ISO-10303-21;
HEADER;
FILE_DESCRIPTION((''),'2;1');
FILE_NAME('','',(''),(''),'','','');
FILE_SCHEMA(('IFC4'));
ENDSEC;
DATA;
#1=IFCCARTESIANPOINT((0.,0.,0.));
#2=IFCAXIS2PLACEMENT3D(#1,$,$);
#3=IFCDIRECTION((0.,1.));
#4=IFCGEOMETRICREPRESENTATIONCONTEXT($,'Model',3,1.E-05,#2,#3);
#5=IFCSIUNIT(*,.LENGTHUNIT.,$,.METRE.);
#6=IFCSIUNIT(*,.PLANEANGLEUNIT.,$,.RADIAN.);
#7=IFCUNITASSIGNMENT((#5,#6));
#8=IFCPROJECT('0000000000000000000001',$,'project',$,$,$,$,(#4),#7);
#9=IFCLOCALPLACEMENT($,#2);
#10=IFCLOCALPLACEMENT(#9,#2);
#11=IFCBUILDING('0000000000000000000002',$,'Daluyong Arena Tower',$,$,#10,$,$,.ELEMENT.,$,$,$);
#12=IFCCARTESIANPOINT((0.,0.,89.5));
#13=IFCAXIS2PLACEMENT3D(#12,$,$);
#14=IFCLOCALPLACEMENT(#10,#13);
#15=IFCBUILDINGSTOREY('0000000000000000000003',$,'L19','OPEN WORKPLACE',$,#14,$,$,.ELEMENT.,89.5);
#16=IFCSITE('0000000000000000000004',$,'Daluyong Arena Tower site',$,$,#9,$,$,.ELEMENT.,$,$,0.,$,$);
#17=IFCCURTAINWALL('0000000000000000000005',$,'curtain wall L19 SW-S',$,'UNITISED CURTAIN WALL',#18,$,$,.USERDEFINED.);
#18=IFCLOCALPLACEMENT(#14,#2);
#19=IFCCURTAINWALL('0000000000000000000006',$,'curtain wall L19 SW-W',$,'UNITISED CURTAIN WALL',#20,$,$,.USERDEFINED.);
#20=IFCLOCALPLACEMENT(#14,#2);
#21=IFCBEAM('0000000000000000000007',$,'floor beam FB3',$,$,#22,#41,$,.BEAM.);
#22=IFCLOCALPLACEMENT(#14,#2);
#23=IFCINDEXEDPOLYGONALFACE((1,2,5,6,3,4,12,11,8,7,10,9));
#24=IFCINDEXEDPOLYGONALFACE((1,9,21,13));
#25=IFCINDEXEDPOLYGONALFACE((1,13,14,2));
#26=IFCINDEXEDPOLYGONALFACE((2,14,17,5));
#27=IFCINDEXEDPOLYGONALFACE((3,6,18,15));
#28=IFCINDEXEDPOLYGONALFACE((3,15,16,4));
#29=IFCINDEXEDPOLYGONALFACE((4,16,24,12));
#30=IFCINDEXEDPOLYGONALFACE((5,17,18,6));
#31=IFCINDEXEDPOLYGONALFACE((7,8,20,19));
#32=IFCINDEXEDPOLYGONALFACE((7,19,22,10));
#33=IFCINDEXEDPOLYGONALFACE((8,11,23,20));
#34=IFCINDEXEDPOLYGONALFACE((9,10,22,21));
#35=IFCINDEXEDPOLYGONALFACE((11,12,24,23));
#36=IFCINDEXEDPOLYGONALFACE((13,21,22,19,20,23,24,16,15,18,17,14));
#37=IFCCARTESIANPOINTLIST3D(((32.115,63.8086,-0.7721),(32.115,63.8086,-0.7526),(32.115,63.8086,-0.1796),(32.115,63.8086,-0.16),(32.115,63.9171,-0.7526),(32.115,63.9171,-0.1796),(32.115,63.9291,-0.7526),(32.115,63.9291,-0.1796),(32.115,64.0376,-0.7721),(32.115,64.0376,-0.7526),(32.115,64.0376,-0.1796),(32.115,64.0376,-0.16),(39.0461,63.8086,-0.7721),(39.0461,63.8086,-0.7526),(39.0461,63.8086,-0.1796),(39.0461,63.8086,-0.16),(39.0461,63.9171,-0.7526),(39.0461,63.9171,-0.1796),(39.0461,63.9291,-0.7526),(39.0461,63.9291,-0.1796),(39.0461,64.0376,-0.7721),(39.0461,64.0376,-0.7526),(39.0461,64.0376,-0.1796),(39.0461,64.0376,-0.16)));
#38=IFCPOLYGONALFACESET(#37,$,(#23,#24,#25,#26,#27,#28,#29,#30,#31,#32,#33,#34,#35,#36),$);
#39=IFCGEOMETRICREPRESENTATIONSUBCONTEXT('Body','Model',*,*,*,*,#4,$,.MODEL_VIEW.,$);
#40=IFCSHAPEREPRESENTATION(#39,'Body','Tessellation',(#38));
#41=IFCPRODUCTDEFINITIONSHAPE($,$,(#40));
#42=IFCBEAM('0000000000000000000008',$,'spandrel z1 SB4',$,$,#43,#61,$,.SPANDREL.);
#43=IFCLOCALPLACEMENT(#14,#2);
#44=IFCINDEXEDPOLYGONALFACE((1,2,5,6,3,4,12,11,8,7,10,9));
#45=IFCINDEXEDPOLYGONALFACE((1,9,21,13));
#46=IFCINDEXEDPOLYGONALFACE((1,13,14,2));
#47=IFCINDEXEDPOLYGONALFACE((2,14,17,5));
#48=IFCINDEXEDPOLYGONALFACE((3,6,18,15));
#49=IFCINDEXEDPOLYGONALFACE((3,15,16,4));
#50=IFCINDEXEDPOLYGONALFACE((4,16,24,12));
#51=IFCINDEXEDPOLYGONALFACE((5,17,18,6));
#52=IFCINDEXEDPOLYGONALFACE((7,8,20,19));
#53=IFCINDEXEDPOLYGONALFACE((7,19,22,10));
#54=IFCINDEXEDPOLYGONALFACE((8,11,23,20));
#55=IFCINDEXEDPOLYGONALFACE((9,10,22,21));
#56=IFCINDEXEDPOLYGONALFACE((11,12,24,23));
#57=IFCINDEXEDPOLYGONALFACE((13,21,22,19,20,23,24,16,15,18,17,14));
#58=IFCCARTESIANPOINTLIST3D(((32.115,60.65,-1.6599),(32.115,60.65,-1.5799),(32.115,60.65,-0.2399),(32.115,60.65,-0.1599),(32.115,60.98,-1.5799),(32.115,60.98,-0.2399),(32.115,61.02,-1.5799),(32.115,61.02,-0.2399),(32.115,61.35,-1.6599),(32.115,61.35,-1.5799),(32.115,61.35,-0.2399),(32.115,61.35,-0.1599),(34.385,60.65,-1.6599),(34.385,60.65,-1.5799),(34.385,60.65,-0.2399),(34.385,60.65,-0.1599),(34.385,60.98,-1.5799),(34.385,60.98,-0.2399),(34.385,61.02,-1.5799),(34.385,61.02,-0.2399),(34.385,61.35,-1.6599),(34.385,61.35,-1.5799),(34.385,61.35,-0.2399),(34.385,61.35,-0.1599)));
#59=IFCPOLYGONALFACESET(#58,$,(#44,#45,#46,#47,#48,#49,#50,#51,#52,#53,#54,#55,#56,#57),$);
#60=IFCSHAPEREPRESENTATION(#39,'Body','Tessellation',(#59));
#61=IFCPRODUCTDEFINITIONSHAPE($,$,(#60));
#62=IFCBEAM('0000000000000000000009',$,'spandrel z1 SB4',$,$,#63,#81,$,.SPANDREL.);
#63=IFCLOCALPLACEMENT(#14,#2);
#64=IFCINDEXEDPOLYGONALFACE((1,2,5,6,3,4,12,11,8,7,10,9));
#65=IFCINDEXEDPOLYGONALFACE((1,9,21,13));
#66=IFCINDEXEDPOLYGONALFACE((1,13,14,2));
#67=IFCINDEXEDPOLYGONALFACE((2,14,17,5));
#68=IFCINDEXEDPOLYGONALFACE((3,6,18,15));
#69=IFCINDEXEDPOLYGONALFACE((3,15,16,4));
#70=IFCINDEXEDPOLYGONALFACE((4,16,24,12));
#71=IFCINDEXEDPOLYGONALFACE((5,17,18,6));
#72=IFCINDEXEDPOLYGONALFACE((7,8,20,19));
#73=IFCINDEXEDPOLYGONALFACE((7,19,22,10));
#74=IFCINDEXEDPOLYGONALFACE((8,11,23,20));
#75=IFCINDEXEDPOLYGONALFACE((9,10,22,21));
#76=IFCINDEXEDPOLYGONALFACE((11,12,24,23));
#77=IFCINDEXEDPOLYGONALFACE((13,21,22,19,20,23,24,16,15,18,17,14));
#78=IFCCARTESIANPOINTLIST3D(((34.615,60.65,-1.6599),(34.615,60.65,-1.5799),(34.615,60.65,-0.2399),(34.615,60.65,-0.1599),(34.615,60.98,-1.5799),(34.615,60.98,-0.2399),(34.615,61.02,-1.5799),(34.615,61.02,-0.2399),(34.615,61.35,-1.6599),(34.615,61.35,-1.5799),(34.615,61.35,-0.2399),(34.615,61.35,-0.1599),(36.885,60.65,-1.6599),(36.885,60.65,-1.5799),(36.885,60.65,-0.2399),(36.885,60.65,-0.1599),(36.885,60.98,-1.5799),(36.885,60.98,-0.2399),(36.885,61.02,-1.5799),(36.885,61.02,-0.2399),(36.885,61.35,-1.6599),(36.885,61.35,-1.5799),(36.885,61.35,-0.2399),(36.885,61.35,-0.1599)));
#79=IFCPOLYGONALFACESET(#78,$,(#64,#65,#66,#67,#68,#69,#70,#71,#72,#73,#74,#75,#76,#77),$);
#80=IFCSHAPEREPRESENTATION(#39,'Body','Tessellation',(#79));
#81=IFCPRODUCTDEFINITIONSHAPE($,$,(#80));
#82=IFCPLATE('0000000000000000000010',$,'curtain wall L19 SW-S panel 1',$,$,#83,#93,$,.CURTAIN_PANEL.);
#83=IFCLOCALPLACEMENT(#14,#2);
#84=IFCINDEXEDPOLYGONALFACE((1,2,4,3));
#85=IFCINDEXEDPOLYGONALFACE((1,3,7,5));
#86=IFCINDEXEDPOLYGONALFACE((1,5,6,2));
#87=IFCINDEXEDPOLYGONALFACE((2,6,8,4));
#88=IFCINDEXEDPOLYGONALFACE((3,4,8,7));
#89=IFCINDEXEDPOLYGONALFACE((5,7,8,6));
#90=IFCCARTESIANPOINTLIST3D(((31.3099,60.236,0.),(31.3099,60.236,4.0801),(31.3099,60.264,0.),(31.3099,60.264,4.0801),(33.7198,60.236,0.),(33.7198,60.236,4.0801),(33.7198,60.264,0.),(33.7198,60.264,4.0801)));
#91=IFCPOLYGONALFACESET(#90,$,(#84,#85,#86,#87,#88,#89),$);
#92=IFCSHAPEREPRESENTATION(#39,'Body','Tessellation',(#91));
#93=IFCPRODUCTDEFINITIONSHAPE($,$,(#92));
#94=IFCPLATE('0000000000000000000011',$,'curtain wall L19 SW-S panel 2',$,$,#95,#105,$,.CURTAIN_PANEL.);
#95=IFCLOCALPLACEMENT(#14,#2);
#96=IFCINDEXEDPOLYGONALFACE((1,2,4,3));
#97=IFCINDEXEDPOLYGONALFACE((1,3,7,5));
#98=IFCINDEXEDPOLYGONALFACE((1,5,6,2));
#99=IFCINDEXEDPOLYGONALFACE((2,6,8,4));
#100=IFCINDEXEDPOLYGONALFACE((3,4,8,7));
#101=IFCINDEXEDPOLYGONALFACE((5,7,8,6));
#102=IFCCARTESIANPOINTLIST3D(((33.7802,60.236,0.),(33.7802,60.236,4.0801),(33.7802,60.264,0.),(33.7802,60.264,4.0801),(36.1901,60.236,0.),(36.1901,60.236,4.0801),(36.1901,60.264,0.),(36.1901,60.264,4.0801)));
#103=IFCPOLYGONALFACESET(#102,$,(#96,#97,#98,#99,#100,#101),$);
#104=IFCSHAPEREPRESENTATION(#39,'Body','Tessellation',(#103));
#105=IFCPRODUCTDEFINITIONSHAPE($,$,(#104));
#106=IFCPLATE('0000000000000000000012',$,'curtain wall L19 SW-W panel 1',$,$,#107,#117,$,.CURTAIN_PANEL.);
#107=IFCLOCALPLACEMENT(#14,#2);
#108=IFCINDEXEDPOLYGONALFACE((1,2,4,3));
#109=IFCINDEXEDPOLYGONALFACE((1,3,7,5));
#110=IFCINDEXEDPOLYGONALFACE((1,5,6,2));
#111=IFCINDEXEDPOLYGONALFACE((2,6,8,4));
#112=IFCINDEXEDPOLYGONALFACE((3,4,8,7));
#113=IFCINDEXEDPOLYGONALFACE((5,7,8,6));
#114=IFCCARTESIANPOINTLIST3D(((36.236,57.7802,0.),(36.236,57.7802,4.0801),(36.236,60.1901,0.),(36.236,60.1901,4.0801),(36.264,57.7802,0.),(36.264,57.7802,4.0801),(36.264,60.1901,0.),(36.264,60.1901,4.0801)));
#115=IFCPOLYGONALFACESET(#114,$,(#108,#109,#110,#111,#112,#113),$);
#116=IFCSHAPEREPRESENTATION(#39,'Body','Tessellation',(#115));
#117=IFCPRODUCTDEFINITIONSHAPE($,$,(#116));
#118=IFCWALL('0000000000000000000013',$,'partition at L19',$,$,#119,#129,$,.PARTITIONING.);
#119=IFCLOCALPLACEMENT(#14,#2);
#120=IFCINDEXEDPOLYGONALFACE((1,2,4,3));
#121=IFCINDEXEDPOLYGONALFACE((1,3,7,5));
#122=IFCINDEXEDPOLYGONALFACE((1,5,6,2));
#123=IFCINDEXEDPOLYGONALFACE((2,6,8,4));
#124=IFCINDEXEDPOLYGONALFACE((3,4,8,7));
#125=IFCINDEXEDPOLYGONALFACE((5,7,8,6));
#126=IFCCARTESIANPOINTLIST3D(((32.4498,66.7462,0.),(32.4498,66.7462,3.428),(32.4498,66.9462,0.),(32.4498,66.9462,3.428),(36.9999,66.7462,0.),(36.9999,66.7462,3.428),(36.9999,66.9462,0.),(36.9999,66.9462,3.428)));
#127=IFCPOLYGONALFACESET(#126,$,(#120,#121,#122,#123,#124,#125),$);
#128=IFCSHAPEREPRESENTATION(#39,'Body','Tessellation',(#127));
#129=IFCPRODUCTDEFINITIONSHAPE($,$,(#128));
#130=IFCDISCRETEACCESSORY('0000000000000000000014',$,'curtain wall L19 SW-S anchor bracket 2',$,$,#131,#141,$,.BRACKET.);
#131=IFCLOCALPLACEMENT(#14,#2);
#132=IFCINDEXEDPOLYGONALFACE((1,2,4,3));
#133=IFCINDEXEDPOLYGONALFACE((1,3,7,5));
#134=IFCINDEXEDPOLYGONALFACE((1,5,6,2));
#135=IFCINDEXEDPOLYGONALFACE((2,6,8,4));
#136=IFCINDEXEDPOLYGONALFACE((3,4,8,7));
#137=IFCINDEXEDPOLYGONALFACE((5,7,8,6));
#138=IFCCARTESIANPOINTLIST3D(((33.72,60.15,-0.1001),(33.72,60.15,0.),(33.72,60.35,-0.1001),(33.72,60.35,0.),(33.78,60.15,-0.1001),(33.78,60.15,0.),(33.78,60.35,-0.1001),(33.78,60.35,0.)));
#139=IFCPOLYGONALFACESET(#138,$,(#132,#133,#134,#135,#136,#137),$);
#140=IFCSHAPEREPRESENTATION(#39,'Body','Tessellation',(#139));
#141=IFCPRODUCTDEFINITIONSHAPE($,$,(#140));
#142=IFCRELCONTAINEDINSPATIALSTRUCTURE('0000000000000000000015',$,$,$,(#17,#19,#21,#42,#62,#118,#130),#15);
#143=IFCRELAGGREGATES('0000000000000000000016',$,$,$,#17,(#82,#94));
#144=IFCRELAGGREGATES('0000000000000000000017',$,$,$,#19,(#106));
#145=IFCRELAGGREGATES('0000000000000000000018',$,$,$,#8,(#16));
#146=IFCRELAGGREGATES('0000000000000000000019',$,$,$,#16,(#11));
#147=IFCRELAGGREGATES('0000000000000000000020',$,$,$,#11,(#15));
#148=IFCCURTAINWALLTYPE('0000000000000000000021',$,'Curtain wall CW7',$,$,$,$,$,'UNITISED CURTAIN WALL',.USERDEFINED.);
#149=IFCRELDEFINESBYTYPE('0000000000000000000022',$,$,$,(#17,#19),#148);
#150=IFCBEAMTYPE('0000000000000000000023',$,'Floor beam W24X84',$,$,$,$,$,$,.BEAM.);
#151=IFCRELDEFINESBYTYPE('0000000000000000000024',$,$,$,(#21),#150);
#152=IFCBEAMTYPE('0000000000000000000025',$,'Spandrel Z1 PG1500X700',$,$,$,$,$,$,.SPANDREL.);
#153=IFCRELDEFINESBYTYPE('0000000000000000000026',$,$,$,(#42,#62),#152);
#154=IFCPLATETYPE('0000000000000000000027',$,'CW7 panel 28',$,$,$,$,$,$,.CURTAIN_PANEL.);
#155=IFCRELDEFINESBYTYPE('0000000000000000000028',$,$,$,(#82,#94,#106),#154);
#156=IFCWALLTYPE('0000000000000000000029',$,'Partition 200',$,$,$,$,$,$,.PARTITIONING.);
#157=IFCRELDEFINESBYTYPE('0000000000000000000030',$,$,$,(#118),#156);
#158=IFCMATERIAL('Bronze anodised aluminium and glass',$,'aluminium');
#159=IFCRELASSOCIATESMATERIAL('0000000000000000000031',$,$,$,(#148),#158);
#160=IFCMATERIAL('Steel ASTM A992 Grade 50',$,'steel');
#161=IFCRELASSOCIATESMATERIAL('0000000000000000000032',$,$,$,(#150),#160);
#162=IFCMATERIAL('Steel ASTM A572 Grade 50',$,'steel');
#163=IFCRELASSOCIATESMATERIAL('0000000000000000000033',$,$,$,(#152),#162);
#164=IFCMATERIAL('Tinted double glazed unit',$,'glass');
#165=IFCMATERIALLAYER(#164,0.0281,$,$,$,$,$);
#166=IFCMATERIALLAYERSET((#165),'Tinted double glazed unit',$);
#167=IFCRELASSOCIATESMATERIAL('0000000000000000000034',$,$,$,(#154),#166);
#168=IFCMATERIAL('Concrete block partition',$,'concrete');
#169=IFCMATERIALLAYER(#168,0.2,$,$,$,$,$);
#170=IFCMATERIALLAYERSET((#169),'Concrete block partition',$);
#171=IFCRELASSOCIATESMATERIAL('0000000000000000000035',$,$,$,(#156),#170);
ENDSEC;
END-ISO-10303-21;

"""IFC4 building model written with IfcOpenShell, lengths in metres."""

from ifc_helpers import new_model, si_unit, direction, frame, frame_2d, origin, origin_2d, place, context, subcontext, project, spatial, rectangle, i_section, extrude, material, layer, layer_set, material_profile, profile_set, type_object, element, aggregate, save


model = new_model("IFC4")

# Units and contexts
model_context = context("Model", 3, precision=1e-05, world=origin(), true_north=direction((0.0, 1.0)))
body_context = subcontext(model_context, "Body", "Model", "MODEL_VIEW")
ifc_project = project(units=[si_unit("LENGTHUNIT", "METRE"), si_unit("PLANEANGLEUNIT", "RADIAN")], contexts=[model_context])

# Site, building, storey
site_placement = place(None, origin())
site = spatial("IfcSite", under=ifc_project, at=site_placement, Name="Daluyong Arena Tower site", CompositionType="ELEMENT", RefElevation=0.0)
building_placement = place(site_placement, origin())
building = spatial("IfcBuilding", under=site, at=building_placement, Name="Daluyong Arena Tower", CompositionType="ELEMENT")
storey_placement = place(building_placement, frame((0.0, 0.0, 89.5)))
storey = spatial("IfcBuildingStorey", under=building, at=storey_placement, Name="L19", Description="OPEN WORKPLACE", CompositionType="ELEMENT", Elevation=89.5)

# Curtain wall
ifc_material_1 = material(Name="Bronze anodised aluminium and glass", Category="aluminium")
curtain_wall_type = type_object("IfcCurtainWallType", Name="Curtain wall CW7", ElementType="UNITISED CURTAIN WALL", PredefinedType="USERDEFINED", material=ifc_material_1)
curtain_wall_1_placement = place(storey_placement, origin())
curtain_wall_1 = element("IfcCurtainWall", 1, at=curtain_wall_1_placement, inside=storey, type_object=curtain_wall_type, Name="curtain wall L19 SW-S", ObjectType="UNITISED CURTAIN WALL", PredefinedType="USERDEFINED")

# Curtain wall
curtain_wall_2_placement = place(storey_placement, origin())
curtain_wall_2 = element("IfcCurtainWall", 2, at=curtain_wall_2_placement, inside=storey, type_object=curtain_wall_type, Name="curtain wall L19 SW-W", ObjectType="UNITISED CURTAIN WALL", PredefinedType="USERDEFINED")

# Beams
ifc_material_2 = material(Name="Steel ASTM A992 Grade 50", Category="steel")
ifc_material_profile_1 = material_profile(ifc_material_2, i_section(OverallWidth=0.229, OverallDepth=0.6121, WebThickness=0.012, FlangeThickness=0.0195, at=origin_2d()))
ifc_profile_set_1 = profile_set([ifc_material_profile_1], Name="Steel ASTM A992 Grade 50")
beam_type_1 = type_object("IfcBeamType", Name="Floor beam W24X84", PredefinedType="BEAM", material=ifc_profile_set_1)
beam_1_placement = place(storey_placement, frame((32.115, 63.9231, -0.4661), z_axis=(1.0, 0.0, 0.0), x_axis=(0.0, 1.0, 0.0)))
element("IfcBeam", 3, at=beam_1_placement, inside=storey, type_object=beam_type_1, Name="floor beam FB3", PredefinedType="BEAM", context=body_context, shape_type="SweptSolid", body=[
    extrude(i_section(OverallWidth=0.229, OverallDepth=0.6121, WebThickness=0.012, FlangeThickness=0.0195, at=origin_2d()), origin(), (0.0, 0.0, 1.0), 6.9312),
])
ifc_material_3 = material(Name="Steel ASTM A572 Grade 50", Category="steel")
ifc_material_profile_2 = material_profile(ifc_material_3, i_section(OverallWidth=0.7, OverallDepth=1.5, WebThickness=0.04, FlangeThickness=0.08, at=origin_2d()))
ifc_profile_set_2 = profile_set([ifc_material_profile_2], Name="Steel ASTM A572 Grade 50")
beam_type_2 = type_object("IfcBeamType", Name="Spandrel Z1 PG1500X700", PredefinedType="SPANDREL", material=ifc_profile_set_2)
for number, where, z_axis, x_axis, name in (
    (4, (32.115, 61.0, -0.9099), (1.0, 0.0, 0.0), (0.0, 1.0, 0.0), "spandrel z1 SB4"),
    (5, (34.615, 61.0, -0.9099), (1.0, 0.0, 0.0), (0.0, 1.0, 0.0), "spandrel z1 SB4"),
):
    element("IfcBeam", number, at=place(storey_placement, frame(where, z_axis=z_axis, x_axis=x_axis)), inside=storey, type_object=beam_type_2, Name=name, PredefinedType="SPANDREL", context=body_context, shape_type="SweptSolid", body=[
        extrude(i_section(OverallWidth=0.7, OverallDepth=1.5, WebThickness=0.04, FlangeThickness=0.08, at=origin_2d()), origin(), (0.0, 0.0, 1.0), 2.27),
    ])

# Plates
ifc_material_4 = material(Name="Tinted double glazed unit", Category="glass")
ifc_layer_1 = layer(ifc_material_4, 0.0281)
ifc_layer_set_1 = layer_set([ifc_layer_1], Name="Tinted double glazed unit")
plate_type = type_object("IfcPlateType", Name="CW7 panel 28", PredefinedType="CURTAIN_PANEL", material=ifc_layer_set_1)
plate_1_placement = place(storey_placement, frame((32.5149, 60.25, 0.0), z_axis=(0.0, 0.0, 1.0), x_axis=(1.0, 0.0, 0.0)))
plate_1 = element("IfcPlate", 6, at=plate_1_placement, type_object=plate_type, Name="curtain wall L19 SW-S panel 1", PredefinedType="CURTAIN_PANEL", context=body_context, shape_type="SweptSolid", body=[
    extrude(rectangle(XDim=2.4099, YDim=0.0281, at=origin_2d()), origin(), (0.0, 0.0, 1.0), 4.0801),
])
plate_2_placement = place(storey_placement, frame((34.9851, 60.25, 0.0), z_axis=(0.0, 0.0, 1.0), x_axis=(1.0, 0.0, 0.0)))
plate_2 = element("IfcPlate", 7, at=plate_2_placement, type_object=plate_type, Name="curtain wall L19 SW-S panel 2", PredefinedType="CURTAIN_PANEL", context=body_context, shape_type="SweptSolid", body=[
    extrude(rectangle(XDim=2.4099, YDim=0.0281, at=origin_2d()), origin(), (0.0, 0.0, 1.0), 4.0801),
])
aggregate(curtain_wall_1, [plate_1, plate_2])
plate_3_placement = place(storey_placement, frame((36.25, 58.9851, 0.0), z_axis=(0.0, 0.0, 1.0), x_axis=(0.0, -1.0, 0.0)))
plate_3 = element("IfcPlate", 8, at=plate_3_placement, type_object=plate_type, Name="curtain wall L19 SW-W panel 1", PredefinedType="CURTAIN_PANEL", context=body_context, shape_type="SweptSolid", body=[
    extrude(rectangle(XDim=2.4099, YDim=0.0281, at=origin_2d()), origin(), (0.0, 0.0, 1.0), 4.0801),
])
aggregate(curtain_wall_2, [plate_3])

# Wall
ifc_material_5 = material(Name="Concrete block partition", Category="concrete")
ifc_layer_2 = layer(ifc_material_5, 0.2)
ifc_layer_set_2 = layer_set([ifc_layer_2], Name="Concrete block partition")
wall_type = type_object("IfcWallType", Name="Partition 200", PredefinedType="PARTITIONING", material=ifc_layer_set_2)
wall_placement = place(storey_placement, frame((32.45, 66.8462, 0.0), z_axis=(0.0, 0.0, 1.0), x_axis=(1.0, 0.0, 0.0)))
element("IfcWall", 9, at=wall_placement, inside=storey, type_object=wall_type, Name="partition at L19", PredefinedType="PARTITIONING", context=body_context, shape_type="SweptSolid", body=[
    extrude(rectangle(XDim=4.55, YDim=0.2, at=frame_2d((2.2749, 0.0))), origin(), (0.0, 0.0, 1.0), 3.428),
])

# Discrete accessory
discrete_accessory_placement = place(storey_placement, frame((33.75, 60.25, -0.1001), z_axis=(0.0, 0.0, 1.0), x_axis=(1.0, 0.0, 0.0)))
element("IfcDiscreteAccessory", 10, at=discrete_accessory_placement, inside=storey, Name="curtain wall L19 SW-S anchor bracket 2", PredefinedType="BRACKET", context=body_context, shape_type="SweptSolid", body=[
    extrude(rectangle(XDim=0.0601, YDim=0.2, at=origin_2d()), origin(), (0.0, 0.0, 1.0), 0.1001),
])

save(model, "model.ifc")
